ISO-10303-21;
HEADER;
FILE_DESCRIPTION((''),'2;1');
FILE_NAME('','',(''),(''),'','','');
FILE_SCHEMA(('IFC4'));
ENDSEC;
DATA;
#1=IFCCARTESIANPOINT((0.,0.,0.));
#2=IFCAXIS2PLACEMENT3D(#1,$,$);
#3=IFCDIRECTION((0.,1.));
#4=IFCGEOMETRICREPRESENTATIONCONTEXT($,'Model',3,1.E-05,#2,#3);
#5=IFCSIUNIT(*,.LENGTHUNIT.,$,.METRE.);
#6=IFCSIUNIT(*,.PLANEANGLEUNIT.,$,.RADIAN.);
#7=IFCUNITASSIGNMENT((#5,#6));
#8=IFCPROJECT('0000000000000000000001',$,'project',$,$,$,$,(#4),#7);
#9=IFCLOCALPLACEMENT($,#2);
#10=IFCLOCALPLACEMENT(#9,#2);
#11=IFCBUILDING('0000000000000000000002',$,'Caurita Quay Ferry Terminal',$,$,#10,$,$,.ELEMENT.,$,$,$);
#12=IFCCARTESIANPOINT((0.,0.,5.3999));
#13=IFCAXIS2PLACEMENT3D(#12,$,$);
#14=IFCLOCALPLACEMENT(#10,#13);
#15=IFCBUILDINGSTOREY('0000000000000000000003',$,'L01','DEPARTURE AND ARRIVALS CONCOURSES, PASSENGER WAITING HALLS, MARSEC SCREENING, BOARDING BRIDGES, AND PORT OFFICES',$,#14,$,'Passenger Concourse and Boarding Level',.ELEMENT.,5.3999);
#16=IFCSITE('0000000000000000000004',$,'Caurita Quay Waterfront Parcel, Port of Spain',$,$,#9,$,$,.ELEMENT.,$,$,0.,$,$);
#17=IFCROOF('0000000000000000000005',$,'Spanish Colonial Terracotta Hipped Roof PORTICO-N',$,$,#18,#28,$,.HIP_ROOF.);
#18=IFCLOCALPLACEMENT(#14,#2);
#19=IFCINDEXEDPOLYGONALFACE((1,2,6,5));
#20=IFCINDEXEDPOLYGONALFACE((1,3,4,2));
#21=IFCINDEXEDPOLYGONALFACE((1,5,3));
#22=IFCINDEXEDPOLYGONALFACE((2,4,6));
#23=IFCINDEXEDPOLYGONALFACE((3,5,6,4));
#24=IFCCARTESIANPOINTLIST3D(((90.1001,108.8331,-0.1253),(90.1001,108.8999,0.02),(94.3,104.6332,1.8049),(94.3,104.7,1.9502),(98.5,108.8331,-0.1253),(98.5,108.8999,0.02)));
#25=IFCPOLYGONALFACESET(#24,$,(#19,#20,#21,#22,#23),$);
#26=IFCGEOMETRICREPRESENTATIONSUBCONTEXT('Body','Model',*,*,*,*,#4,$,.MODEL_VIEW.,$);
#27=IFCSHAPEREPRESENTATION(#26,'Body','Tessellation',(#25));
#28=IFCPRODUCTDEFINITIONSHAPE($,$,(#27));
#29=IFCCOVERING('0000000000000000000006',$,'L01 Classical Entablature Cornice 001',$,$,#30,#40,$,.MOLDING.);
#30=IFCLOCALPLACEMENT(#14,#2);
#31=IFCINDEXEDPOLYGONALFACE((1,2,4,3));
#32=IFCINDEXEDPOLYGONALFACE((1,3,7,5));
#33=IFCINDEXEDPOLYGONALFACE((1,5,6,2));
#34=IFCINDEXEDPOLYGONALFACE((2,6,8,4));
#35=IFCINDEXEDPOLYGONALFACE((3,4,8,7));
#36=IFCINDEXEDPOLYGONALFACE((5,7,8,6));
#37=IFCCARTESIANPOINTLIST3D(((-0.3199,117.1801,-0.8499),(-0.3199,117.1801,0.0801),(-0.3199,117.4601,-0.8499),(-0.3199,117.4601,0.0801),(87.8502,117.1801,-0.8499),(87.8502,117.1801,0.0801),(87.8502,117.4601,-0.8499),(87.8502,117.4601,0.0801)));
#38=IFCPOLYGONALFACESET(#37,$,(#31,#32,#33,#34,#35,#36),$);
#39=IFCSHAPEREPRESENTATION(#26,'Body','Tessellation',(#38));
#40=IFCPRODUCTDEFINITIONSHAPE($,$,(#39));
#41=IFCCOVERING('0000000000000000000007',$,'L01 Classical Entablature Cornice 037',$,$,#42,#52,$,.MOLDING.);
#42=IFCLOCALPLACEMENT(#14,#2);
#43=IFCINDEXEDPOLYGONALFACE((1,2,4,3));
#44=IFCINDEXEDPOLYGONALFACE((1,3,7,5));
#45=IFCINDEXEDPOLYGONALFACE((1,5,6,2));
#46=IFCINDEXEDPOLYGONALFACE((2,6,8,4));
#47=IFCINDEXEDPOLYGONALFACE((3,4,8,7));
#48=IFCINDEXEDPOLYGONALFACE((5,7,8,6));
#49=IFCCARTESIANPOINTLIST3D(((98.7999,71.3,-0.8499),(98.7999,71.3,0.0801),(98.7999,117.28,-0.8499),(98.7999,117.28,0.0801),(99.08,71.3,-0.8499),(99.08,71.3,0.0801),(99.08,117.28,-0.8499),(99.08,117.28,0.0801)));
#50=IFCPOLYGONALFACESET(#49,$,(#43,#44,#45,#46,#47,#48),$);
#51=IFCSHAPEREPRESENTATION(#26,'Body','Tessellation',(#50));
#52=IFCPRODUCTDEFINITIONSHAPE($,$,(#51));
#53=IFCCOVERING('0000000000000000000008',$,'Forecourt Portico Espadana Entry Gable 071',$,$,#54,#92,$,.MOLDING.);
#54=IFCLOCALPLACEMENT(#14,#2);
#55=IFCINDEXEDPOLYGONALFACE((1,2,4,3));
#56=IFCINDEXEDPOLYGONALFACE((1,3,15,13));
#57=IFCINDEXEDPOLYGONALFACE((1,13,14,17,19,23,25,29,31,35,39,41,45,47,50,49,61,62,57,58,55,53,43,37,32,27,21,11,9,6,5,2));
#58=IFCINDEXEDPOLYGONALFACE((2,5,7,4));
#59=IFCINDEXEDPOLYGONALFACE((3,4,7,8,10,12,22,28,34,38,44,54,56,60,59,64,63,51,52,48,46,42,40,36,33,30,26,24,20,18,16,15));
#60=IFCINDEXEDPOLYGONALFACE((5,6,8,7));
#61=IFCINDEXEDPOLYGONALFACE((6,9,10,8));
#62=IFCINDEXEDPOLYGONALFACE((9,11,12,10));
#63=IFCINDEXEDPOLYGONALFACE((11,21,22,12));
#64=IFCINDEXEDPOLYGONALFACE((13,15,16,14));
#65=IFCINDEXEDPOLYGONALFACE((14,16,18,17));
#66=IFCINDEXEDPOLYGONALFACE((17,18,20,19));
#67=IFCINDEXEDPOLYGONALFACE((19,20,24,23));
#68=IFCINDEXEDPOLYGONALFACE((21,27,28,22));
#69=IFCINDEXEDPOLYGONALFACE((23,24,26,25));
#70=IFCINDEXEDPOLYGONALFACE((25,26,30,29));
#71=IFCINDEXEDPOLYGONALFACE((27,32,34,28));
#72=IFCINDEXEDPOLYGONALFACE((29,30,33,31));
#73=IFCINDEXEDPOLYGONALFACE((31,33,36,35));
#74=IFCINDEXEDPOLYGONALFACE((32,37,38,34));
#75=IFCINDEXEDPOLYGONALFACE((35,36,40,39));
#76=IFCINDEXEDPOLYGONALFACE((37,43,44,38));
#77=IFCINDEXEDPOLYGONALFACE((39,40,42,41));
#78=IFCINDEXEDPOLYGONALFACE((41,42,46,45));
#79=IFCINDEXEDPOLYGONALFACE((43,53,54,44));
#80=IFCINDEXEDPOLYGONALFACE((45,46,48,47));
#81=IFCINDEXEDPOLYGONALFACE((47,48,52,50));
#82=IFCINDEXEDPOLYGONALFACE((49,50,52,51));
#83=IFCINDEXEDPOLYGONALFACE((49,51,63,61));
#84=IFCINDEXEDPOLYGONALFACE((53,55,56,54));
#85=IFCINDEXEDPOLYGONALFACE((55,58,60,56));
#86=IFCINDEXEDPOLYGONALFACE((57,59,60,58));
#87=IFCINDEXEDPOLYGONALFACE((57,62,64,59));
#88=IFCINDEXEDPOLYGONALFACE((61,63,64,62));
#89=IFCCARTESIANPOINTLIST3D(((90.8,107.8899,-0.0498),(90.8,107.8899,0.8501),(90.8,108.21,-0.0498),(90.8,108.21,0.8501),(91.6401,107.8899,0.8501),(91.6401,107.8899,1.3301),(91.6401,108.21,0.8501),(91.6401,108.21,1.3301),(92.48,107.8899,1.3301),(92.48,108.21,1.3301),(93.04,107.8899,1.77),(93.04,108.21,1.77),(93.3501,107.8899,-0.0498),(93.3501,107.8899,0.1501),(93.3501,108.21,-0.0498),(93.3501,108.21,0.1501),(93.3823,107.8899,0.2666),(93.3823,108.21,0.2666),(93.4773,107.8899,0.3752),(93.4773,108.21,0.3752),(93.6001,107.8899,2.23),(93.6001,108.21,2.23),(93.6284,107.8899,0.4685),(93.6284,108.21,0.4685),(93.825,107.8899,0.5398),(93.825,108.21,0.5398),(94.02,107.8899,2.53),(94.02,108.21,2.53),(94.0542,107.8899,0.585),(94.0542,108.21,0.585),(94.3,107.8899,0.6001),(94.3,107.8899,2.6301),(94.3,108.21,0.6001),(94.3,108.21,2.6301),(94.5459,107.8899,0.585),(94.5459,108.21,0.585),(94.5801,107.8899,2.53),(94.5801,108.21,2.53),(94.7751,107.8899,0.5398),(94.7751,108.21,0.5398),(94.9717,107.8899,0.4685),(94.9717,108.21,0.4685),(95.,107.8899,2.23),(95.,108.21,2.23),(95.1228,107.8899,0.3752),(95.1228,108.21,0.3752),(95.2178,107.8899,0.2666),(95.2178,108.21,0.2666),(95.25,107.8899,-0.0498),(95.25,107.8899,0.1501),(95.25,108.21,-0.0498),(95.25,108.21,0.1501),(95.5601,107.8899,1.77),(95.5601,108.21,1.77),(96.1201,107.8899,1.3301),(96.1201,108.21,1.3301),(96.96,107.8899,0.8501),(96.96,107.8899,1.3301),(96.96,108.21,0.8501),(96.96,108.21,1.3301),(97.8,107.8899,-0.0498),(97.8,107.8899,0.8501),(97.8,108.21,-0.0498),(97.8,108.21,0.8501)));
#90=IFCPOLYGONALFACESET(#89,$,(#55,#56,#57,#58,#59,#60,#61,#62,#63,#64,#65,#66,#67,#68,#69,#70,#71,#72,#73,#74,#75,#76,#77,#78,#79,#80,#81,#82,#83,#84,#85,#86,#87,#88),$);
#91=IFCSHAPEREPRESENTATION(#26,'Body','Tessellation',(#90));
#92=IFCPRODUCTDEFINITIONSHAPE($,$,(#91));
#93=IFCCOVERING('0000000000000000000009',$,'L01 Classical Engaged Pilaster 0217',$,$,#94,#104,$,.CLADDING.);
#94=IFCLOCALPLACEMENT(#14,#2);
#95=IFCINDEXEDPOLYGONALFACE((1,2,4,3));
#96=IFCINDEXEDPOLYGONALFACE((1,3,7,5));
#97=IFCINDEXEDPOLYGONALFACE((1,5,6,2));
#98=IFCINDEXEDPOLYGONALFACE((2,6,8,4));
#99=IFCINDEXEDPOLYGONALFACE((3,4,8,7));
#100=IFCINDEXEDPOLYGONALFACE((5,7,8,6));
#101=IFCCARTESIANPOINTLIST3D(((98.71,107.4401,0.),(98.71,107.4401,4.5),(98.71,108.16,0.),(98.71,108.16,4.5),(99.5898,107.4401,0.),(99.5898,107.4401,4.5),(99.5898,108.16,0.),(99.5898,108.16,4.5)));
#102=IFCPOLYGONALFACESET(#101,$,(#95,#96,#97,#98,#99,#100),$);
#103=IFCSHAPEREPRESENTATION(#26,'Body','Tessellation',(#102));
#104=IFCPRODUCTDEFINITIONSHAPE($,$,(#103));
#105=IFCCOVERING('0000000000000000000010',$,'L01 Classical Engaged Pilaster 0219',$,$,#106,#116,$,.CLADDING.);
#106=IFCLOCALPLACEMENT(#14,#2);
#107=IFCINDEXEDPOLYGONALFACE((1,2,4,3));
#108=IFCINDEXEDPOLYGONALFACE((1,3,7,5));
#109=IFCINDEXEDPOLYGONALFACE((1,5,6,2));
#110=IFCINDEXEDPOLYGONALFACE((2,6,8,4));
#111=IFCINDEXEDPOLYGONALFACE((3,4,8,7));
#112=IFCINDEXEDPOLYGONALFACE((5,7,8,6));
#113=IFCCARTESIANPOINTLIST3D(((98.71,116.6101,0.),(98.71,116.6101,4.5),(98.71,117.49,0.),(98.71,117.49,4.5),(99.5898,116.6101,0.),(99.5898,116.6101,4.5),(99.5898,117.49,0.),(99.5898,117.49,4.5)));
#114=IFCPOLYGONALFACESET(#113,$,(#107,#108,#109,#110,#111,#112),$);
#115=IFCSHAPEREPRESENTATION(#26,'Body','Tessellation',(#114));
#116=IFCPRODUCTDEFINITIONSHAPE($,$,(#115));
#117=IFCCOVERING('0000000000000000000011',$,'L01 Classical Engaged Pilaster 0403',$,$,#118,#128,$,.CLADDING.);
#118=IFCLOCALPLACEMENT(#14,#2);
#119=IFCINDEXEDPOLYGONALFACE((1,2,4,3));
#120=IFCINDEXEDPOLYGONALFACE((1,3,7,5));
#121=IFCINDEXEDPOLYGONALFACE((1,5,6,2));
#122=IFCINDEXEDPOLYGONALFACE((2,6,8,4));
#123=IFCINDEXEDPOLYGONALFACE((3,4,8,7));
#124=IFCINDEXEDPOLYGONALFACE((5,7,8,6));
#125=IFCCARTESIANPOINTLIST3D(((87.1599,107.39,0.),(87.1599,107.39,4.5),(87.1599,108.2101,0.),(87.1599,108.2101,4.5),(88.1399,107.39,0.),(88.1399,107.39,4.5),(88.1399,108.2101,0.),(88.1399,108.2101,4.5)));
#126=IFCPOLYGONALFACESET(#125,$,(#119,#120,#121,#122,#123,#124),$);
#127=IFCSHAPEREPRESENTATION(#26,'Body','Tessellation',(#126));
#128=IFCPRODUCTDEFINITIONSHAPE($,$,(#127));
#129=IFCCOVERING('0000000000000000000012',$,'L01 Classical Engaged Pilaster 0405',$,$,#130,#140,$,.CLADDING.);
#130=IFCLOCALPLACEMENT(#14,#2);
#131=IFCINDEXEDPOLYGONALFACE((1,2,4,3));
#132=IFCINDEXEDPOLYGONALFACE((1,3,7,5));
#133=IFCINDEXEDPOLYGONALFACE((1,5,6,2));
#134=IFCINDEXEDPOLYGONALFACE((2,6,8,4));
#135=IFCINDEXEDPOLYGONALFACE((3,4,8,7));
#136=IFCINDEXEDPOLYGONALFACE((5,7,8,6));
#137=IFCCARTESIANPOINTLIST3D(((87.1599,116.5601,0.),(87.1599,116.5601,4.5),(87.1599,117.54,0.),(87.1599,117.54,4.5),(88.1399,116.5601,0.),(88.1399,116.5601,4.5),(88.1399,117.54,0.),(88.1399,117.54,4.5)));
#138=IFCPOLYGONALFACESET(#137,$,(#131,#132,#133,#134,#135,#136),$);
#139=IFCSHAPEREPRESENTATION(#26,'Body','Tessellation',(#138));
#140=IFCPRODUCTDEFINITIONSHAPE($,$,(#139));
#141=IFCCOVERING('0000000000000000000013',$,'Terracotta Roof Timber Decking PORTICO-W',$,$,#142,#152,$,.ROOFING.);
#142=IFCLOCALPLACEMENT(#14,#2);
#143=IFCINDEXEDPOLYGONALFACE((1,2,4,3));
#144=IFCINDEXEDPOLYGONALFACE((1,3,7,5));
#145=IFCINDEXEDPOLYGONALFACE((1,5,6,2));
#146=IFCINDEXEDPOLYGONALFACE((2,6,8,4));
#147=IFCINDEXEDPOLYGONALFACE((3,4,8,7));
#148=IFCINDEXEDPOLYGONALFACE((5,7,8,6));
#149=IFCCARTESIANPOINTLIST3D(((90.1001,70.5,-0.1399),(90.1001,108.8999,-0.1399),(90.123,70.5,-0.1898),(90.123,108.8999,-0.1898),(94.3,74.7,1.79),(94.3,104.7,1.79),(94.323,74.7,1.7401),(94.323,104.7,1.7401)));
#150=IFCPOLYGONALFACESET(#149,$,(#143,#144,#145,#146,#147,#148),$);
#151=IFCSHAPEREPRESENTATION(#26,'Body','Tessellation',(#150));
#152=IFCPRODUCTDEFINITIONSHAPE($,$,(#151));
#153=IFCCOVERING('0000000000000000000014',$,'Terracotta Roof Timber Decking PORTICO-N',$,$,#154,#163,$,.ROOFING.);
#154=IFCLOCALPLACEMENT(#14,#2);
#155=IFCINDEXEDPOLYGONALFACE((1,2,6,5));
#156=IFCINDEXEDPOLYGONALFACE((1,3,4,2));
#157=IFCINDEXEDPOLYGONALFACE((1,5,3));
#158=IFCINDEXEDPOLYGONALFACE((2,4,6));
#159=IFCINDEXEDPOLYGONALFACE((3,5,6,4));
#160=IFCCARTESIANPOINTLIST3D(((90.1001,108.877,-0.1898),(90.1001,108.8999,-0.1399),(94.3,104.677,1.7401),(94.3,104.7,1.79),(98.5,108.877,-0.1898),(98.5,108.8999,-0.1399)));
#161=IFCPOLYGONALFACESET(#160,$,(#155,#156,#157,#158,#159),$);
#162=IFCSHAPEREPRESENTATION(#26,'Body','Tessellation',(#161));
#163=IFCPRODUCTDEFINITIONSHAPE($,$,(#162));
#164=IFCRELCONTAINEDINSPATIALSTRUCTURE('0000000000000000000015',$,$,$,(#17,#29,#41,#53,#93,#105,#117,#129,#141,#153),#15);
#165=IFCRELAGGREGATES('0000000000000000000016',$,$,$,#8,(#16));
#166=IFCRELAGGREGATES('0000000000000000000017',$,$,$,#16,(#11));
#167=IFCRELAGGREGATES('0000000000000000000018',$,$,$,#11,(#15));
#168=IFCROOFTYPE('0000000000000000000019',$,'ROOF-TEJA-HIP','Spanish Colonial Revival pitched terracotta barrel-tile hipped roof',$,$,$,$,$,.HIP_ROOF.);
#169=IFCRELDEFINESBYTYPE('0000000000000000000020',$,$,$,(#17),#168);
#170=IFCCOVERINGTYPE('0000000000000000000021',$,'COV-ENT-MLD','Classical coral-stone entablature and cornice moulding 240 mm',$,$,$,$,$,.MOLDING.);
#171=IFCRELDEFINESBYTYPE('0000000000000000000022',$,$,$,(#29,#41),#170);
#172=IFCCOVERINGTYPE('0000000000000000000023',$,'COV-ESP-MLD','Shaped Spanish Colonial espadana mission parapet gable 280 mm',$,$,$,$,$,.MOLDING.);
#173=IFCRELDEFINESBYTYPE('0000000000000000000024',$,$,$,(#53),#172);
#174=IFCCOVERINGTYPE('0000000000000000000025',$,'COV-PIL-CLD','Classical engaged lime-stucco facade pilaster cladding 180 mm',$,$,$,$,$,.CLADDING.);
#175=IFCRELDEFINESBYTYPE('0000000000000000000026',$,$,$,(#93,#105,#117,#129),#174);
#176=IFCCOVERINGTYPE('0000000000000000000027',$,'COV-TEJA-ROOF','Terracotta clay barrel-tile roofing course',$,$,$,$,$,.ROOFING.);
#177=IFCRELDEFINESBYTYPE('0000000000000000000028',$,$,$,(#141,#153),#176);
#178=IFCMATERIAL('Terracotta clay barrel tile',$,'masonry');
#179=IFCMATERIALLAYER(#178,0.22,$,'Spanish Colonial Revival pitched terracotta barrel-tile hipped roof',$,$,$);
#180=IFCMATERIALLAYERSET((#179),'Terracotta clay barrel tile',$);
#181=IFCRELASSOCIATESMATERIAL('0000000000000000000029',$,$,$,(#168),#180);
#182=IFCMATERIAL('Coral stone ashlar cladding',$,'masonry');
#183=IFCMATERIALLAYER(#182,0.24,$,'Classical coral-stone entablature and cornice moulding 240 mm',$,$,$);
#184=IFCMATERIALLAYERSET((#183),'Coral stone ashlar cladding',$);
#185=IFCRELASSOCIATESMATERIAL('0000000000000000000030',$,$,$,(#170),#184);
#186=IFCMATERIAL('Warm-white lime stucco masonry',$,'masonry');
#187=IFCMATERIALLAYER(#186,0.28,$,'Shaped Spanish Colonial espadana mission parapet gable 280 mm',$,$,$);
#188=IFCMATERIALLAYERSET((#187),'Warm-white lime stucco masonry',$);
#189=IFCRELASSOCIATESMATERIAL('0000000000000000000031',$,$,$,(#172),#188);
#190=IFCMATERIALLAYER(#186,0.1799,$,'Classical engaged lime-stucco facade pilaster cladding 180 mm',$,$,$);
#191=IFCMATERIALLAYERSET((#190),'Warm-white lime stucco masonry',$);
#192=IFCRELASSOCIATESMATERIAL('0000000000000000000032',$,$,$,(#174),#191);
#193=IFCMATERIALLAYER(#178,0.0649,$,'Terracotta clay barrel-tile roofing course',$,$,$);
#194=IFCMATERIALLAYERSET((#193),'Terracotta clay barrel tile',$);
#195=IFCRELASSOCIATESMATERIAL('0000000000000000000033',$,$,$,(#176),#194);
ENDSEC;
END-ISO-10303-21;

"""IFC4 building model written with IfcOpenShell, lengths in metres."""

from ifc_helpers import new_model, si_unit, direction, frame, frame_2d, origin, origin_2d, place, context, subcontext, project, spatial, polyline, rectangle, outline, extrude, material, layer, layer_set, type_object, element, save


model = new_model("IFC4")

# Units and contexts
model_context = context("Model", 3, precision=1e-05, world=origin(), true_north=direction((0.0, 1.0)))
body_context = subcontext(model_context, "Body", "Model", "MODEL_VIEW")
ifc_project = project(units=[si_unit("LENGTHUNIT", "METRE"), si_unit("PLANEANGLEUNIT", "RADIAN")], contexts=[model_context])

# Site, building, storey
site_placement = place(None, origin())
site = spatial("IfcSite", under=ifc_project, at=site_placement, Name="Caurita Quay Waterfront Parcel, Port of Spain", CompositionType="ELEMENT", RefElevation=0.0)
building_placement = place(site_placement, origin())
building = spatial("IfcBuilding", under=site, at=building_placement, Name="Caurita Quay Ferry Terminal", CompositionType="ELEMENT")
storey_placement = place(building_placement, frame((0.0, 0.0, 5.3999)))
storey = spatial("IfcBuildingStorey", under=building, at=storey_placement, Name="L01", Description="DEPARTURE AND ARRIVALS CONCOURSES, PASSENGER WAITING HALLS, MARSEC SCREENING, BOARDING BRIDGES, AND PORT OFFICES", LongName="Passenger Concourse and Boarding Level", CompositionType="ELEMENT", Elevation=5.3999)

# Shared definitions
ifc_material_1 = material(Name="Warm-white lime stucco masonry", Category="masonry")

# Roof
ifc_material_2 = material(Name="Terracotta clay barrel tile", Category="masonry")
ifc_layer_1 = layer(ifc_material_2, 0.22, Name="Spanish Colonial Revival pitched terracotta barrel-tile hipped roof")
ifc_layer_set_1 = layer_set([ifc_layer_1], Name="Terracotta clay barrel tile")
roof_type = type_object("IfcRoofType", Name="ROOF-TEJA-HIP", Description="Spanish Colonial Revival pitched terracotta barrel-tile hipped roof", PredefinedType="HIP_ROOF", material=ifc_layer_set_1)
roof_1_placement = place(storey_placement, frame((98.5, 108.8999, 0.02), z_axis=(0.0, 0.417584, 0.908638), x_axis=(-1.0, 0.0, 0.0)))
element("IfcRoof", 1, at=roof_1_placement, inside=storey, type_object=roof_type, Name="Spanish Colonial Terracotta Hipped Roof PORTICO-N", PredefinedType="HIP_ROOF", context=body_context, shape_type="SweptSolid", body=[
    extrude(outline(polyline([(0.0, 0.0), (8.3999, 0.0), (4.2, 4.6222), (0.0, 0.0)])), origin(), (0.0, 0.0, -1.0), 0.1599),
])

# Coverings
ifc_material_3 = material(Name="Coral stone ashlar cladding", Category="masonry")
ifc_layer_2 = layer(ifc_material_3, 0.24, Name="Classical coral-stone entablature and cornice moulding 240 mm")
ifc_layer_set_2 = layer_set([ifc_layer_2], Name="Coral stone ashlar cladding")
covering_type_1 = type_object("IfcCoveringType", Name="COV-ENT-MLD", Description="Classical coral-stone entablature and cornice moulding 240 mm", PredefinedType="MOLDING", material=ifc_layer_set_2)
covering_1_placement = place(storey_placement, frame((87.8501, 117.3201, -0.8499), z_axis=(0.0, 0.0, 1.0), x_axis=(-1.0, 0.0, 0.0)))
element("IfcCovering", 2, at=covering_1_placement, inside=storey, type_object=covering_type_1, Name="L01 Classical Entablature Cornice 001", PredefinedType="MOLDING", context=body_context, shape_type="SweptSolid", body=[
    extrude(rectangle(XDim=88.1702, YDim=0.28, at=frame_2d((44.085, 0.0))), origin(), (0.0, 0.0, 1.0), 0.9299),
])
covering_2_placement = place(storey_placement, frame((98.9399, 117.28, -0.8499), z_axis=(0.0, 0.0, 1.0), x_axis=(0.0, -1.0, 0.0)))
element("IfcCovering", 3, at=covering_2_placement, inside=storey, type_object=covering_type_1, Name="L01 Classical Entablature Cornice 037", PredefinedType="MOLDING", context=body_context, shape_type="SweptSolid", body=[
    extrude(rectangle(XDim=45.98, YDim=0.28, at=frame_2d((22.99, 0.0))), origin(), (0.0, 0.0, 1.0), 0.9299),
])
ifc_layer_3 = layer(ifc_material_1, 0.28, Name="Shaped Spanish Colonial espadana mission parapet gable 280 mm")
ifc_layer_set_3 = layer_set([ifc_layer_3], Name="Warm-white lime stucco masonry")
covering_type_2 = type_object("IfcCoveringType", Name="COV-ESP-MLD", Description="Shaped Spanish Colonial espadana mission parapet gable 280 mm", PredefinedType="MOLDING", material=ifc_layer_set_3)
covering_3_placement = place(storey_placement, frame((97.8, 108.05, -0.0498), z_axis=(0.0, 0.0, 1.0), x_axis=(-1.0, 0.0, 0.0)))
element("IfcCovering", 4, at=covering_3_placement, inside=storey, type_object=covering_type_2, Name="Forecourt Portico Espadana Entry Gable 071", PredefinedType="MOLDING", context=body_context, shape_type="SweptSolid", body=[
    extrude(outline(polyline([(0.0, 0.0), (2.55, 0.0), (2.55, 0.2), (2.5823, 0.3164), (2.6772, 0.425), (2.8284, 0.5183), (3.0249, 0.5896), (3.2542, 0.6348), (3.5, 0.6499), (3.7458, 0.6348), (3.9751, 0.5896), (4.1716, 0.5183), (4.3228, 0.425), (4.4177, 0.3164), (4.45, 0.2), (4.45, 0.0), (7.0, 0.0), (7.0, 0.8999), (6.1599, 0.8999), (6.1599, 1.3799), (5.3201, 1.3799), (4.76, 1.8198), (4.2, 2.2798), (3.78, 2.5798), (3.5, 2.6799), (3.22, 2.5798), (2.8, 2.2798), (2.24, 1.8198), (1.6799, 1.3799), (0.8401, 1.3799), (0.8401, 0.8999), (0.0, 0.8999), (0.0, 0.0)])), frame((0.0, 0.1602, 0.0), z_axis=(0.0, -1.0, 0.0), x_axis=(1.0, 0.0, 0.0)), (0.0, 0.0, 1.0), 0.3201),
])
ifc_layer_4 = layer(ifc_material_1, 0.1799, Name="Classical engaged lime-stucco facade pilaster cladding 180 mm")
ifc_layer_set_4 = layer_set([ifc_layer_4], Name="Warm-white lime stucco masonry")
covering_type_3 = type_object("IfcCoveringType", Name="COV-PIL-CLD", Description="Classical engaged lime-stucco facade pilaster cladding 180 mm", PredefinedType="CLADDING", material=ifc_layer_set_4)
covering_4_placement = place(storey_placement, frame((99.1499, 107.8, 0.0), z_axis=(0.0, 0.0, 1.0), x_axis=(1.0, 0.0, 0.0)))
element("IfcCovering", 5, at=covering_4_placement, inside=storey, type_object=covering_type_3, Name="L01 Classical Engaged Pilaster 0217", PredefinedType="CLADDING", context=body_context, shape_type="SweptSolid", body=[
    extrude(rectangle(XDim=0.8799, YDim=0.72, at=origin_2d()), origin(), (0.0, 0.0, 1.0), 4.5),
])
covering_5_placement = place(storey_placement, frame((99.1499, 117.05, 0.0), z_axis=(0.0, 0.0, 1.0), x_axis=(1.0, 0.0, 0.0)))
element("IfcCovering", 6, at=covering_5_placement, inside=storey, type_object=covering_type_3, Name="L01 Classical Engaged Pilaster 0219", PredefinedType="CLADDING", context=body_context, shape_type="SweptSolid", body=[
    extrude(rectangle(XDim=0.8799, YDim=0.8799, at=origin_2d()), origin(), (0.0, 0.0, 1.0), 4.5),
])
covering_6_placement = place(storey_placement, frame((87.6499, 107.8, 0.0), z_axis=(0.0, 0.0, 1.0), x_axis=(1.0, 0.0, 0.0)))
element("IfcCovering", 7, at=covering_6_placement, inside=storey, type_object=covering_type_3, Name="L01 Classical Engaged Pilaster 0403", PredefinedType="CLADDING", context=body_context, shape_type="SweptSolid", body=[
    extrude(rectangle(XDim=0.98, YDim=0.8201, at=origin_2d()), origin(), (0.0, 0.0, 1.0), 4.5),
])
covering_7_placement = place(storey_placement, frame((87.6499, 117.05, 0.0), z_axis=(0.0, 0.0, 1.0), x_axis=(1.0, 0.0, 0.0)))
element("IfcCovering", 8, at=covering_7_placement, inside=storey, type_object=covering_type_3, Name="L01 Classical Engaged Pilaster 0405", PredefinedType="CLADDING", context=body_context, shape_type="SweptSolid", body=[
    extrude(rectangle(XDim=0.98, YDim=0.98, at=origin_2d()), origin(), (0.0, 0.0, 1.0), 4.5),
])
ifc_layer_5 = layer(ifc_material_2, 0.0649, Name="Terracotta clay barrel-tile roofing course")
ifc_layer_set_5 = layer_set([ifc_layer_5], Name="Terracotta clay barrel tile")
covering_type_4 = type_object("IfcCoveringType", Name="COV-TEJA-ROOF", Description="Terracotta clay barrel-tile roofing course", PredefinedType="ROOFING", material=ifc_layer_set_5)
covering_8_placement = place(storey_placement, frame((90.1001, 108.8999, -0.1399), z_axis=(-0.41754, 0.0, 0.908658), x_axis=(0.0, -1.0, 0.0)))
element("IfcCovering", 9, at=covering_8_placement, inside=storey, type_object=covering_type_4, Name="Terracotta Roof Timber Decking PORTICO-W", PredefinedType="ROOFING", context=body_context, shape_type="SweptSolid", body=[
    extrude(outline(polyline([(0.0, 0.0), (38.3999, 0.0), (34.2, 4.6221), (4.2, 4.6221), (0.0, 0.0)])), origin(), (0.0, 0.0, -1.0), 0.0549),
])
covering_9_placement = place(storey_placement, frame((98.5, 108.8999, -0.1399), z_axis=(0.0, 0.41754, 0.908658), x_axis=(-1.0, 0.0, 0.0)))
element("IfcCovering", 10, at=covering_9_placement, inside=storey, type_object=covering_type_4, Name="Terracotta Roof Timber Decking PORTICO-N", PredefinedType="ROOFING", context=body_context, shape_type="SweptSolid", body=[
    extrude(outline(polyline([(0.0, 0.0), (8.3999, 0.0), (4.2, 4.6221), (0.0, 0.0)])), origin(), (0.0, 0.0, -1.0), 0.0549),
])

save(model, "model.ifc")
